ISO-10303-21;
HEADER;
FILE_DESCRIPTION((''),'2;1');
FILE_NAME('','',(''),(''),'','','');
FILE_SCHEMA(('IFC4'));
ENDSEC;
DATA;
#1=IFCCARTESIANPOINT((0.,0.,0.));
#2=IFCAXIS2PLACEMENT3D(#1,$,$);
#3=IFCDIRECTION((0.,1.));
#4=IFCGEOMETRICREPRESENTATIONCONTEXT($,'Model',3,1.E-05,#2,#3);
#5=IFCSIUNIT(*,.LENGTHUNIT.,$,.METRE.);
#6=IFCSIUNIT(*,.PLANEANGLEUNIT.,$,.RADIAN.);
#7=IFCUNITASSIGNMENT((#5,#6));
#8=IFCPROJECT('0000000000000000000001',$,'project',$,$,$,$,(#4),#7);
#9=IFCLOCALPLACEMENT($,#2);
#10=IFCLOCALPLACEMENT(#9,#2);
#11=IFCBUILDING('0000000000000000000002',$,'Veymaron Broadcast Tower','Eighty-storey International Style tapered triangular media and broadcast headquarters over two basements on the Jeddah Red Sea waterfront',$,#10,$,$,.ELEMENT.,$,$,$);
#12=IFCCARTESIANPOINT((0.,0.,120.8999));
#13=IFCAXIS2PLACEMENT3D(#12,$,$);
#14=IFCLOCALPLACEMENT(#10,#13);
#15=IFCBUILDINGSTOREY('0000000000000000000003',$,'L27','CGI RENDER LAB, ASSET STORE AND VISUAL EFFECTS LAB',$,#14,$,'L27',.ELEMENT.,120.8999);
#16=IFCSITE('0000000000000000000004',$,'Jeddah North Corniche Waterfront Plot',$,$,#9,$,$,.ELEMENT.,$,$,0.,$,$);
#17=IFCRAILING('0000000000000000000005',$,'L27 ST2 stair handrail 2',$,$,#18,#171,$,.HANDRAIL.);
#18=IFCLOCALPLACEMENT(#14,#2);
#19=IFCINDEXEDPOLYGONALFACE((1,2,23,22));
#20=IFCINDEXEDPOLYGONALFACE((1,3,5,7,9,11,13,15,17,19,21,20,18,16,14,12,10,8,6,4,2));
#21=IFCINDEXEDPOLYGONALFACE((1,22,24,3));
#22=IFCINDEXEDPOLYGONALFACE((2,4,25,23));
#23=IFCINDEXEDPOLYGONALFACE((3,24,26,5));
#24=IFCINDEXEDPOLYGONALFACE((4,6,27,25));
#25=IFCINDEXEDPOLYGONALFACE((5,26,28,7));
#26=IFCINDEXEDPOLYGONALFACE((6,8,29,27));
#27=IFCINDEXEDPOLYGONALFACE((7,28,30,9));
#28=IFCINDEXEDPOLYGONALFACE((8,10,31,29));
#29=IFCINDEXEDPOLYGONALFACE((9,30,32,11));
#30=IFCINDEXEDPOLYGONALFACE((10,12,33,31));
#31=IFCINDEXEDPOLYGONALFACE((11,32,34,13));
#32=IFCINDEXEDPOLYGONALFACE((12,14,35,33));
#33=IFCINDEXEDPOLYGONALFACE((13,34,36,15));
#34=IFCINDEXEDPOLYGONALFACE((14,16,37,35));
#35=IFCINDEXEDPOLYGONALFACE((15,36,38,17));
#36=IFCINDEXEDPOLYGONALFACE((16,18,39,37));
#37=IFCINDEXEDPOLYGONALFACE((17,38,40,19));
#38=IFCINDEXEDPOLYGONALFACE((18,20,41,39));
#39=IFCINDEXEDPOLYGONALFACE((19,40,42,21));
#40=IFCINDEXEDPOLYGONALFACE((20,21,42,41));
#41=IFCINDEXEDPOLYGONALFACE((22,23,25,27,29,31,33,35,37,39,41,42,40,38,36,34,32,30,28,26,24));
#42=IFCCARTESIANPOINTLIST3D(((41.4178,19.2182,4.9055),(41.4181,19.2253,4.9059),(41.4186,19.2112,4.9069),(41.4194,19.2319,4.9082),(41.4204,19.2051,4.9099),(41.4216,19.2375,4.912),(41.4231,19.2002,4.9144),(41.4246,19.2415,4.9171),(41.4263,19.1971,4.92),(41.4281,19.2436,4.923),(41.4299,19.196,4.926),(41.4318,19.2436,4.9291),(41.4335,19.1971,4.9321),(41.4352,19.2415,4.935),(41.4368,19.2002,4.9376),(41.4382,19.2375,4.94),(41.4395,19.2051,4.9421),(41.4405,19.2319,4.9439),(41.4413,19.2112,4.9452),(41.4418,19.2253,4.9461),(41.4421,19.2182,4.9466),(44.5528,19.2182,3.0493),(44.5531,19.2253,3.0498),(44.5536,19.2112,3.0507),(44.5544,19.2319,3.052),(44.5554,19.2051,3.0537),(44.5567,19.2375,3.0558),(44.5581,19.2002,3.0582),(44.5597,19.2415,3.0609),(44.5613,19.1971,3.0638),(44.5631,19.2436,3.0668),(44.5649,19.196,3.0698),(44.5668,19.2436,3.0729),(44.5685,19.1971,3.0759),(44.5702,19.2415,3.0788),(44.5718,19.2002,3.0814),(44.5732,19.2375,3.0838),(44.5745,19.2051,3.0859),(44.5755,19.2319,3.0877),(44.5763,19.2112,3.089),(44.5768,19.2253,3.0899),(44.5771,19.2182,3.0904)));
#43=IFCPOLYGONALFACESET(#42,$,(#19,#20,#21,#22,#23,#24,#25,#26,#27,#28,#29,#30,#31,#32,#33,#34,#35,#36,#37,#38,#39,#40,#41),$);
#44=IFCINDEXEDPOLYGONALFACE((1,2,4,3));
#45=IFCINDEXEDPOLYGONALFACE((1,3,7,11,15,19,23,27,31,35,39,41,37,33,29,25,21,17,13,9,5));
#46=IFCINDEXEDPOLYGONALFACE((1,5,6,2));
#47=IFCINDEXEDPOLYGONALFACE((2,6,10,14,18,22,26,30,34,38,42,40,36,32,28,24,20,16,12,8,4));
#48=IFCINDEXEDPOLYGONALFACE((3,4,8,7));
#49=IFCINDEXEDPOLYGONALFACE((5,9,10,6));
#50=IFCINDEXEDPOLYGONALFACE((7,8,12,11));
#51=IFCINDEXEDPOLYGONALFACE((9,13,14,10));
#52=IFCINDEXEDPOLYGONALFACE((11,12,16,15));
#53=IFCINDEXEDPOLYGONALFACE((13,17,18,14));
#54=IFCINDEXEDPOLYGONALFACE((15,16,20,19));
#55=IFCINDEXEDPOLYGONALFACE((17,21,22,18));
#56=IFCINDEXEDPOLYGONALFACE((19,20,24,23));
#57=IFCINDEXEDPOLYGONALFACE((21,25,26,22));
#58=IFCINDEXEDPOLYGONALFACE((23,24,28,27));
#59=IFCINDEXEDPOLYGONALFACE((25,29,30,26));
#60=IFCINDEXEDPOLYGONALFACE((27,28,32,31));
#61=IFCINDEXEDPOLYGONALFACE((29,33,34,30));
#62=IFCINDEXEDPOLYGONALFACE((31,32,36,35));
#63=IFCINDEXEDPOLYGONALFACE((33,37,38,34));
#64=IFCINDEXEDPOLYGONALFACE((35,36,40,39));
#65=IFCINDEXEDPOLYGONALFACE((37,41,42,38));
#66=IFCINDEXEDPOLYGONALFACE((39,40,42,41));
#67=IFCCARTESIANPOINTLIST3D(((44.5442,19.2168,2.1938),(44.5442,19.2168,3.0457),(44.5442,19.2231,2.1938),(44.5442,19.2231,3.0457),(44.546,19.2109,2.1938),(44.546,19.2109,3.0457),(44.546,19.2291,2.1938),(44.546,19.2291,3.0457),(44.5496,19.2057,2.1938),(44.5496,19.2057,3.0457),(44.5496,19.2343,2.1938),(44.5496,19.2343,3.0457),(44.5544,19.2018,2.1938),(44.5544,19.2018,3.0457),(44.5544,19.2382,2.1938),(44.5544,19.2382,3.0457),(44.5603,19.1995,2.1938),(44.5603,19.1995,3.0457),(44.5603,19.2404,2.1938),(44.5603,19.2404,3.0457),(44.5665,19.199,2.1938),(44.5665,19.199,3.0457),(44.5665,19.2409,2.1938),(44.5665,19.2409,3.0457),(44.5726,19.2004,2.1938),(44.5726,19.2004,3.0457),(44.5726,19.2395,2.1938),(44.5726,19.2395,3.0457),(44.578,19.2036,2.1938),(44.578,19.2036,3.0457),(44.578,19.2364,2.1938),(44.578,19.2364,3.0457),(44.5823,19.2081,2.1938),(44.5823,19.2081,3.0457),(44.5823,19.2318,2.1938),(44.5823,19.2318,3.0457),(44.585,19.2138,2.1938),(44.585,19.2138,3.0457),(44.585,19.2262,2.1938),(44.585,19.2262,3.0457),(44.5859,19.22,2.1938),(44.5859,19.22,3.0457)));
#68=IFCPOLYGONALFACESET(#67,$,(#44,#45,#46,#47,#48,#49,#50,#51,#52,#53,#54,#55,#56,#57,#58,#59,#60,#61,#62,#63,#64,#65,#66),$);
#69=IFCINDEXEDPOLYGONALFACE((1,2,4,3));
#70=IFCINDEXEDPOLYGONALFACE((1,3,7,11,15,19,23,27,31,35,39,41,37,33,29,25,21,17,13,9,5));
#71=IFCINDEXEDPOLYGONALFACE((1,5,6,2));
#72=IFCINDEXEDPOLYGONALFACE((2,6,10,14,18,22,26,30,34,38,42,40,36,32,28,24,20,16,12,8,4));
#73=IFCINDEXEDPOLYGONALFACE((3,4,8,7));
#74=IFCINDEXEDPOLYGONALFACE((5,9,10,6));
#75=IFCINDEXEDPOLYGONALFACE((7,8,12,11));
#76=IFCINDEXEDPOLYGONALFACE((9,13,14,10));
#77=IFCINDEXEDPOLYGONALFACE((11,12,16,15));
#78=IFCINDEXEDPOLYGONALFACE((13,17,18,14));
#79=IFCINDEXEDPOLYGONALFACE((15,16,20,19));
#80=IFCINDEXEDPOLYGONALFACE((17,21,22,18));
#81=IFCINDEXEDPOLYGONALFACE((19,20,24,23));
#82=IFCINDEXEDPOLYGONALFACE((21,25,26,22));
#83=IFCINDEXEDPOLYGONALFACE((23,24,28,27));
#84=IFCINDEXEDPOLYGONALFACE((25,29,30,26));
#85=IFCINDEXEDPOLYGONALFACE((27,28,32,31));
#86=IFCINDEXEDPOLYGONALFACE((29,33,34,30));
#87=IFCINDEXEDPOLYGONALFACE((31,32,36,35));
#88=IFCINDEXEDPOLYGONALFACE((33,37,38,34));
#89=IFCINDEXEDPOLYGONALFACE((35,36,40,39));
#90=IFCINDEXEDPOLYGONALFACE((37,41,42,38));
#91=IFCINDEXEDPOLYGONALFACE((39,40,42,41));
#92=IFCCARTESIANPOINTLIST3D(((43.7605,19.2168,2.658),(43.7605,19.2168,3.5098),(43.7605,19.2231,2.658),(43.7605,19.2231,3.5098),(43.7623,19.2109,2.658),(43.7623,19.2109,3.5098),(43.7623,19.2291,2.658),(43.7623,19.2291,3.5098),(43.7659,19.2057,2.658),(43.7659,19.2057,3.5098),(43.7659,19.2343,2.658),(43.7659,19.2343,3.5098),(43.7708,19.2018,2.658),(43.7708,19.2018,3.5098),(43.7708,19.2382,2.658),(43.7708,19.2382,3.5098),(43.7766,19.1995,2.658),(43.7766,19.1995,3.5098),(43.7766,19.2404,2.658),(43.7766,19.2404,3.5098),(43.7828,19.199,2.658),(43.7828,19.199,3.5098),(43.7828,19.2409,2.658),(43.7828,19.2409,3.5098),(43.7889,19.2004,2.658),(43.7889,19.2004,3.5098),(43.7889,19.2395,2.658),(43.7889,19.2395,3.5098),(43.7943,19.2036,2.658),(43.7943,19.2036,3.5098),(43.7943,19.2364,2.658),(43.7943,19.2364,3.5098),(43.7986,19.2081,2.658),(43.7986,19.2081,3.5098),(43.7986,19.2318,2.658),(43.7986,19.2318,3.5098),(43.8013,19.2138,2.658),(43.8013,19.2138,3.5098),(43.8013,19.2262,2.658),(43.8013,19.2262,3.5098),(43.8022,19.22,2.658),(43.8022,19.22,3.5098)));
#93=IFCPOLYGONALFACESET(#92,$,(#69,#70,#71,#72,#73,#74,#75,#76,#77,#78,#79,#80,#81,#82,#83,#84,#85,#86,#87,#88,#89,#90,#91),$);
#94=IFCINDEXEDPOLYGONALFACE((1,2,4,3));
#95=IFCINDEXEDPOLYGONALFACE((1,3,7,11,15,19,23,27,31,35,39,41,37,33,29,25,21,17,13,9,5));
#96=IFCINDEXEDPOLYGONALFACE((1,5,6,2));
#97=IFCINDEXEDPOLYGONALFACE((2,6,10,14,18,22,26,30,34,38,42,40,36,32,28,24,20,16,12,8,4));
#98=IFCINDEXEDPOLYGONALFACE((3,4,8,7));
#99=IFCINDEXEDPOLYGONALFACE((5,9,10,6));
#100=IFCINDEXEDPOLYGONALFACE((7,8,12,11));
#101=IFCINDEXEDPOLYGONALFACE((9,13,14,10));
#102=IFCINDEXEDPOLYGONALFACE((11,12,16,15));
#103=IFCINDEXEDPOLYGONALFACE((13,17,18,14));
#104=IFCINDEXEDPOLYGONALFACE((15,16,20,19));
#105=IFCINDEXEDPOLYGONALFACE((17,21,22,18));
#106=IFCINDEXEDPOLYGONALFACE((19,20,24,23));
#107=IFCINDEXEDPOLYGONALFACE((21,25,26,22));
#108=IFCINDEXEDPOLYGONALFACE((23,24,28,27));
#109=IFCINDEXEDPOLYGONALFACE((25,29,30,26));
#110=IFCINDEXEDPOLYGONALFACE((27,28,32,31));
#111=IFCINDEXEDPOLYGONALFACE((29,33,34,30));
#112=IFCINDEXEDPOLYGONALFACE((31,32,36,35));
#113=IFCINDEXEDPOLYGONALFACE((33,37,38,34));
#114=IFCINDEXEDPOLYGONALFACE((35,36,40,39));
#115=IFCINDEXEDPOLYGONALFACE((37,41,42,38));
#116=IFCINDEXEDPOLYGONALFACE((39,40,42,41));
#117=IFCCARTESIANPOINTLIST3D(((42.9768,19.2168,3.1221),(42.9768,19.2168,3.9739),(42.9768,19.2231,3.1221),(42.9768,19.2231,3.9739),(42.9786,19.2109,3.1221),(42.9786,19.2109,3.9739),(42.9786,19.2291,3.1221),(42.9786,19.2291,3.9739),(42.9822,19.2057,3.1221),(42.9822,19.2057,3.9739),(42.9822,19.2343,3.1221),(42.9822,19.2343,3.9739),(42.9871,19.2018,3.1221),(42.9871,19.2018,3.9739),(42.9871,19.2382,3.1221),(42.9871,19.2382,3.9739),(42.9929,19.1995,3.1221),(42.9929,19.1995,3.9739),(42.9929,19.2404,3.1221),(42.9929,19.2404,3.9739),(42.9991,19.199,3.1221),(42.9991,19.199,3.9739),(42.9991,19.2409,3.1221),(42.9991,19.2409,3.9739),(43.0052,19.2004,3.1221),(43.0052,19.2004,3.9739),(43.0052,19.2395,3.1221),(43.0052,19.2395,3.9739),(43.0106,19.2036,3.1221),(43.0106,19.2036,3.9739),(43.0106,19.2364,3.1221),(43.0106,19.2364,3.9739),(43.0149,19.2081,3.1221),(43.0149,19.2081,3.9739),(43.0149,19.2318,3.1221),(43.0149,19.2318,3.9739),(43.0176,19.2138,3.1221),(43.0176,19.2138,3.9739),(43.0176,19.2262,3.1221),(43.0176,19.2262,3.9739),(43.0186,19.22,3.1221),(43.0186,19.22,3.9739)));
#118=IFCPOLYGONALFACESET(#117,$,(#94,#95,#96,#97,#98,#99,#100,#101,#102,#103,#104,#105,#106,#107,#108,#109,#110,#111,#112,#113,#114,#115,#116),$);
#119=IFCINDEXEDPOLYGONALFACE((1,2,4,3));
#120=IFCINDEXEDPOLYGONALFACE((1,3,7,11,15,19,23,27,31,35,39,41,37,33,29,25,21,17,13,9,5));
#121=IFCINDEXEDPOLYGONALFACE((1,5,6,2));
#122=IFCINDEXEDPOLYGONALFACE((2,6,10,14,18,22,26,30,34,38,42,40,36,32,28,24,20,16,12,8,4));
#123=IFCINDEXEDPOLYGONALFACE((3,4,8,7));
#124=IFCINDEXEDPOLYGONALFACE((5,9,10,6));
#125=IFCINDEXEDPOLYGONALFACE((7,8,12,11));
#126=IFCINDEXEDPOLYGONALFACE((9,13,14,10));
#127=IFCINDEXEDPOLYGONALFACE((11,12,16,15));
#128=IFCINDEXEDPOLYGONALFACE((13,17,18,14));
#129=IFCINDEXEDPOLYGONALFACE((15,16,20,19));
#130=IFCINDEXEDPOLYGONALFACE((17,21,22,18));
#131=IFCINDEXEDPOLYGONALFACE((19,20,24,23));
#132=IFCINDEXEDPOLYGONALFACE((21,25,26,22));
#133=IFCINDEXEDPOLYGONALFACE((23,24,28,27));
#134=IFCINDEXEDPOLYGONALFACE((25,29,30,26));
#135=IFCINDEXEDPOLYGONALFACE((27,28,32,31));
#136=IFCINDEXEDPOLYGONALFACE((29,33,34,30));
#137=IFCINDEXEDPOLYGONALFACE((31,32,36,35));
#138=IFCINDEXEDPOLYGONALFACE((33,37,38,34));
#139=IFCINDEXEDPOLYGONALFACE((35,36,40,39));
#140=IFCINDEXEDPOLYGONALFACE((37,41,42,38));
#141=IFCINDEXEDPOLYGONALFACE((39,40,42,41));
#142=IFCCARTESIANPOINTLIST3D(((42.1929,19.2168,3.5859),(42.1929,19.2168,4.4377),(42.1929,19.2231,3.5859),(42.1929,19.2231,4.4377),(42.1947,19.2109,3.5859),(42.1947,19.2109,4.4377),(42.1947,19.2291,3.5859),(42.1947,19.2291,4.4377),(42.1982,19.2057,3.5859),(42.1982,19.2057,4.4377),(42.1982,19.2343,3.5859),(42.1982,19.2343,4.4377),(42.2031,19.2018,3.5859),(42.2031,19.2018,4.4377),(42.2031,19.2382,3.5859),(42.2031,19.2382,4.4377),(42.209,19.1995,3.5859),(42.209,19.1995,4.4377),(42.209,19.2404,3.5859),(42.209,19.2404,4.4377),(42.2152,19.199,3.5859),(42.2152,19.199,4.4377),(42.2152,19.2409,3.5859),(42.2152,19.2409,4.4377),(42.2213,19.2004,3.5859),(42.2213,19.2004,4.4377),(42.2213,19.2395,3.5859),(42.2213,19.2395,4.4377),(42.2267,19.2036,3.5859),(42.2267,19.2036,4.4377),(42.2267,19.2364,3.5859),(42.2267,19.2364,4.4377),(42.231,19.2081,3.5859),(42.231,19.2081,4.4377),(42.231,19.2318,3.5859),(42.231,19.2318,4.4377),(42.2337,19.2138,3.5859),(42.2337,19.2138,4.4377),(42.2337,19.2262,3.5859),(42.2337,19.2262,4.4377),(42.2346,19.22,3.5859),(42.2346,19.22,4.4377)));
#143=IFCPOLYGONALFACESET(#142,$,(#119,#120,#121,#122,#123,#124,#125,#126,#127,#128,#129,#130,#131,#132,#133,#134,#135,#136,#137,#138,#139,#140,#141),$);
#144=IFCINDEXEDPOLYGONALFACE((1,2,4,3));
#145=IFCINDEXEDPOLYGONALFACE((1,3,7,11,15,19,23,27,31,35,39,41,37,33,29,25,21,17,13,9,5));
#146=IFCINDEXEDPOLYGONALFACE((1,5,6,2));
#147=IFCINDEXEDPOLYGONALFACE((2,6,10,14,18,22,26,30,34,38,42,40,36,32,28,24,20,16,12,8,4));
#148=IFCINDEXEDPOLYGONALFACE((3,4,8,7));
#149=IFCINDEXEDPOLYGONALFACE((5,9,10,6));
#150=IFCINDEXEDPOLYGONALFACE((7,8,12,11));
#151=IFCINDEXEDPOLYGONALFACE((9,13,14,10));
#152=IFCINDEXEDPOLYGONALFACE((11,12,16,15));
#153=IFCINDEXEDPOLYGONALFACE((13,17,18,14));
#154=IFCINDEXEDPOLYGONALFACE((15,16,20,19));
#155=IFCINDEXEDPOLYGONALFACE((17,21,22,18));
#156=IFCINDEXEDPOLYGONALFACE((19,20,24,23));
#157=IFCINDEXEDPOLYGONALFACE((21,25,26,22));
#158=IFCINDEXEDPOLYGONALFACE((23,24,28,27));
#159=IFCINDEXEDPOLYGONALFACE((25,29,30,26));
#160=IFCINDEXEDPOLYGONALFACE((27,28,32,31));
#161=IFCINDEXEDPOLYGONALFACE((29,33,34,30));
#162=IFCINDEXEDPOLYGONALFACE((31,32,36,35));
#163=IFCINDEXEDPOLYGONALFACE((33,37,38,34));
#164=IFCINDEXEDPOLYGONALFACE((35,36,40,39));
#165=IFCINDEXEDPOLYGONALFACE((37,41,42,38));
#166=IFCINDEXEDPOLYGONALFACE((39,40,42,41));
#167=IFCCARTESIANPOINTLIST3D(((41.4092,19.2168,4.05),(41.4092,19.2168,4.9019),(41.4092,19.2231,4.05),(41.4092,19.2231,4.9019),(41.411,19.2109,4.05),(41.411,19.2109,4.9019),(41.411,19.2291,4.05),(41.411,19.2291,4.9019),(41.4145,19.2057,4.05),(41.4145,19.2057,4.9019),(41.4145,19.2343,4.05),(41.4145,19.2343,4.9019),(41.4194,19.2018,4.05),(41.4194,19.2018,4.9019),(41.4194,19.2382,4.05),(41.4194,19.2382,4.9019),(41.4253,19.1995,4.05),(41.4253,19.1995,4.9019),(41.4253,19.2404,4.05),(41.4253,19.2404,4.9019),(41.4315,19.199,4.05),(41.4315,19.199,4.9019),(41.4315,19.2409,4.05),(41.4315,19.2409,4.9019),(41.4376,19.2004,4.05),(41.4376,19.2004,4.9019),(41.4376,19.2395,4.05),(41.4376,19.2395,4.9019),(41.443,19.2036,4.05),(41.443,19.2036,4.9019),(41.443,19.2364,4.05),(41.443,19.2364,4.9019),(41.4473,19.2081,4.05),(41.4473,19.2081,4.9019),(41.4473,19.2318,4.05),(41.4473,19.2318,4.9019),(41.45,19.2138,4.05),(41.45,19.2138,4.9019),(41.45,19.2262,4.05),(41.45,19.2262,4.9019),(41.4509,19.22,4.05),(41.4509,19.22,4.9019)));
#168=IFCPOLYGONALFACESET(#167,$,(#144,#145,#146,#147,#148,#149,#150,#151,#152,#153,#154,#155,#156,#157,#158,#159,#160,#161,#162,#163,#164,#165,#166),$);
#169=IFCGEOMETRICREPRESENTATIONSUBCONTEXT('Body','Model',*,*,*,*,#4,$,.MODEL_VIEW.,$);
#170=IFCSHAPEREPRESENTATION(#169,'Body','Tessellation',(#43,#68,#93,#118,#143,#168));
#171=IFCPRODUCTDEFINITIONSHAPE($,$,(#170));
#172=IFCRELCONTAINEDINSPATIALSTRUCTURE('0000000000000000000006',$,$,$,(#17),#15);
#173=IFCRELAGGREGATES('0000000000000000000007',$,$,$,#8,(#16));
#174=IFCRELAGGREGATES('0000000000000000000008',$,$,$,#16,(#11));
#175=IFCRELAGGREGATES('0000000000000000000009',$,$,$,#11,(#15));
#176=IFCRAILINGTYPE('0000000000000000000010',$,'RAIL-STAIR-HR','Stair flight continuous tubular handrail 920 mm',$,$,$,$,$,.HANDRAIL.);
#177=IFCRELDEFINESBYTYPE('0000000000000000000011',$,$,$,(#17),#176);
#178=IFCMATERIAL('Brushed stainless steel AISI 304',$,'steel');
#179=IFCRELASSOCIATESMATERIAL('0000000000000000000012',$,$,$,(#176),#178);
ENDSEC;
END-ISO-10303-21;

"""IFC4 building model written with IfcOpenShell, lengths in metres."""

from ifc_helpers import new_model, si_unit, direction, frame, origin, origin_2d, place, context, subcontext, project, spatial, circle, extrude, material, type_object, element, save


model = new_model("IFC4")

# Units and contexts
model_context = context("Model", 3, precision=1e-05, world=origin(), true_north=direction((0.0, 1.0)))
body_context = subcontext(model_context, "Body", "Model", "MODEL_VIEW")
ifc_project = project(units=[si_unit("LENGTHUNIT", "METRE"), si_unit("PLANEANGLEUNIT", "RADIAN")], contexts=[model_context])

# Site, building, storey
site_placement = place(None, origin())
site = spatial("IfcSite", under=ifc_project, at=site_placement, Name="Jeddah North Corniche Waterfront Plot", CompositionType="ELEMENT", RefElevation=0.0)
building_placement = place(site_placement, origin())
building = spatial("IfcBuilding", under=site, at=building_placement, Name="Veymaron Broadcast Tower", Description="Eighty-storey International Style tapered triangular media and broadcast headquarters over two basements on the Jeddah Red Sea waterfront", CompositionType="ELEMENT")
storey_placement = place(building_placement, frame((0.0, 0.0, 120.8999)))
storey = spatial("IfcBuildingStorey", under=building, at=storey_placement, Name="L27", Description="CGI RENDER LAB, ASSET STORE AND VISUAL EFFECTS LAB", LongName="L27", CompositionType="ELEMENT", Elevation=120.8999)

# Shared definitions
ifc_material_1 = material(Name="Brushed stainless steel AISI 304", Category="steel")

# Railing
railing_type_1 = type_object("IfcRailingType", Name="RAIL-STAIR-HR", Description="Stair flight continuous tubular handrail 920 mm", PredefinedType="HANDRAIL", material=ifc_material_1)
railing_1_placement = place(storey_placement, frame((44.5649, 19.22, 2.1938)))
element("IfcRailing", 1, at=railing_1_placement, inside=storey, type_object=railing_type_1, Name="L27 ST2 stair handrail 2", PredefinedType="HANDRAIL", context=body_context, shape_type="SweptSolid", body=[
    extrude(circle(Radius=0.0239, at=origin_2d()), frame((0.0, 0.0, 0.876), z_axis=(-0.860482, 0.0, 0.509481), x_axis=(0.0, -1.0, 0.0)), (0.0, 0.0, 1.0), 3.6433),
    extrude(circle(Radius=0.021, at=origin_2d()), origin(), (0.0, 0.0, 1.0), 0.8518),
    extrude(circle(Radius=0.021, at=origin_2d()), frame((-0.7837, 0.0, 0.4641)), (0.0, 0.0, 1.0), 0.8518),
    extrude(circle(Radius=0.021, at=origin_2d()), frame((-1.5674, 0.0, 0.9282)), (0.0, 0.0, 1.0), 0.8518),
    extrude(circle(Radius=0.021, at=origin_2d()), frame((-2.3513, 0.0, 1.3921)), (0.0, 0.0, 1.0), 0.8518),
    extrude(circle(Radius=0.021, at=origin_2d()), frame((-3.135, 0.0, 1.8562)), (0.0, 0.0, 1.0), 0.8518),
])

save(model, "model.ifc")
